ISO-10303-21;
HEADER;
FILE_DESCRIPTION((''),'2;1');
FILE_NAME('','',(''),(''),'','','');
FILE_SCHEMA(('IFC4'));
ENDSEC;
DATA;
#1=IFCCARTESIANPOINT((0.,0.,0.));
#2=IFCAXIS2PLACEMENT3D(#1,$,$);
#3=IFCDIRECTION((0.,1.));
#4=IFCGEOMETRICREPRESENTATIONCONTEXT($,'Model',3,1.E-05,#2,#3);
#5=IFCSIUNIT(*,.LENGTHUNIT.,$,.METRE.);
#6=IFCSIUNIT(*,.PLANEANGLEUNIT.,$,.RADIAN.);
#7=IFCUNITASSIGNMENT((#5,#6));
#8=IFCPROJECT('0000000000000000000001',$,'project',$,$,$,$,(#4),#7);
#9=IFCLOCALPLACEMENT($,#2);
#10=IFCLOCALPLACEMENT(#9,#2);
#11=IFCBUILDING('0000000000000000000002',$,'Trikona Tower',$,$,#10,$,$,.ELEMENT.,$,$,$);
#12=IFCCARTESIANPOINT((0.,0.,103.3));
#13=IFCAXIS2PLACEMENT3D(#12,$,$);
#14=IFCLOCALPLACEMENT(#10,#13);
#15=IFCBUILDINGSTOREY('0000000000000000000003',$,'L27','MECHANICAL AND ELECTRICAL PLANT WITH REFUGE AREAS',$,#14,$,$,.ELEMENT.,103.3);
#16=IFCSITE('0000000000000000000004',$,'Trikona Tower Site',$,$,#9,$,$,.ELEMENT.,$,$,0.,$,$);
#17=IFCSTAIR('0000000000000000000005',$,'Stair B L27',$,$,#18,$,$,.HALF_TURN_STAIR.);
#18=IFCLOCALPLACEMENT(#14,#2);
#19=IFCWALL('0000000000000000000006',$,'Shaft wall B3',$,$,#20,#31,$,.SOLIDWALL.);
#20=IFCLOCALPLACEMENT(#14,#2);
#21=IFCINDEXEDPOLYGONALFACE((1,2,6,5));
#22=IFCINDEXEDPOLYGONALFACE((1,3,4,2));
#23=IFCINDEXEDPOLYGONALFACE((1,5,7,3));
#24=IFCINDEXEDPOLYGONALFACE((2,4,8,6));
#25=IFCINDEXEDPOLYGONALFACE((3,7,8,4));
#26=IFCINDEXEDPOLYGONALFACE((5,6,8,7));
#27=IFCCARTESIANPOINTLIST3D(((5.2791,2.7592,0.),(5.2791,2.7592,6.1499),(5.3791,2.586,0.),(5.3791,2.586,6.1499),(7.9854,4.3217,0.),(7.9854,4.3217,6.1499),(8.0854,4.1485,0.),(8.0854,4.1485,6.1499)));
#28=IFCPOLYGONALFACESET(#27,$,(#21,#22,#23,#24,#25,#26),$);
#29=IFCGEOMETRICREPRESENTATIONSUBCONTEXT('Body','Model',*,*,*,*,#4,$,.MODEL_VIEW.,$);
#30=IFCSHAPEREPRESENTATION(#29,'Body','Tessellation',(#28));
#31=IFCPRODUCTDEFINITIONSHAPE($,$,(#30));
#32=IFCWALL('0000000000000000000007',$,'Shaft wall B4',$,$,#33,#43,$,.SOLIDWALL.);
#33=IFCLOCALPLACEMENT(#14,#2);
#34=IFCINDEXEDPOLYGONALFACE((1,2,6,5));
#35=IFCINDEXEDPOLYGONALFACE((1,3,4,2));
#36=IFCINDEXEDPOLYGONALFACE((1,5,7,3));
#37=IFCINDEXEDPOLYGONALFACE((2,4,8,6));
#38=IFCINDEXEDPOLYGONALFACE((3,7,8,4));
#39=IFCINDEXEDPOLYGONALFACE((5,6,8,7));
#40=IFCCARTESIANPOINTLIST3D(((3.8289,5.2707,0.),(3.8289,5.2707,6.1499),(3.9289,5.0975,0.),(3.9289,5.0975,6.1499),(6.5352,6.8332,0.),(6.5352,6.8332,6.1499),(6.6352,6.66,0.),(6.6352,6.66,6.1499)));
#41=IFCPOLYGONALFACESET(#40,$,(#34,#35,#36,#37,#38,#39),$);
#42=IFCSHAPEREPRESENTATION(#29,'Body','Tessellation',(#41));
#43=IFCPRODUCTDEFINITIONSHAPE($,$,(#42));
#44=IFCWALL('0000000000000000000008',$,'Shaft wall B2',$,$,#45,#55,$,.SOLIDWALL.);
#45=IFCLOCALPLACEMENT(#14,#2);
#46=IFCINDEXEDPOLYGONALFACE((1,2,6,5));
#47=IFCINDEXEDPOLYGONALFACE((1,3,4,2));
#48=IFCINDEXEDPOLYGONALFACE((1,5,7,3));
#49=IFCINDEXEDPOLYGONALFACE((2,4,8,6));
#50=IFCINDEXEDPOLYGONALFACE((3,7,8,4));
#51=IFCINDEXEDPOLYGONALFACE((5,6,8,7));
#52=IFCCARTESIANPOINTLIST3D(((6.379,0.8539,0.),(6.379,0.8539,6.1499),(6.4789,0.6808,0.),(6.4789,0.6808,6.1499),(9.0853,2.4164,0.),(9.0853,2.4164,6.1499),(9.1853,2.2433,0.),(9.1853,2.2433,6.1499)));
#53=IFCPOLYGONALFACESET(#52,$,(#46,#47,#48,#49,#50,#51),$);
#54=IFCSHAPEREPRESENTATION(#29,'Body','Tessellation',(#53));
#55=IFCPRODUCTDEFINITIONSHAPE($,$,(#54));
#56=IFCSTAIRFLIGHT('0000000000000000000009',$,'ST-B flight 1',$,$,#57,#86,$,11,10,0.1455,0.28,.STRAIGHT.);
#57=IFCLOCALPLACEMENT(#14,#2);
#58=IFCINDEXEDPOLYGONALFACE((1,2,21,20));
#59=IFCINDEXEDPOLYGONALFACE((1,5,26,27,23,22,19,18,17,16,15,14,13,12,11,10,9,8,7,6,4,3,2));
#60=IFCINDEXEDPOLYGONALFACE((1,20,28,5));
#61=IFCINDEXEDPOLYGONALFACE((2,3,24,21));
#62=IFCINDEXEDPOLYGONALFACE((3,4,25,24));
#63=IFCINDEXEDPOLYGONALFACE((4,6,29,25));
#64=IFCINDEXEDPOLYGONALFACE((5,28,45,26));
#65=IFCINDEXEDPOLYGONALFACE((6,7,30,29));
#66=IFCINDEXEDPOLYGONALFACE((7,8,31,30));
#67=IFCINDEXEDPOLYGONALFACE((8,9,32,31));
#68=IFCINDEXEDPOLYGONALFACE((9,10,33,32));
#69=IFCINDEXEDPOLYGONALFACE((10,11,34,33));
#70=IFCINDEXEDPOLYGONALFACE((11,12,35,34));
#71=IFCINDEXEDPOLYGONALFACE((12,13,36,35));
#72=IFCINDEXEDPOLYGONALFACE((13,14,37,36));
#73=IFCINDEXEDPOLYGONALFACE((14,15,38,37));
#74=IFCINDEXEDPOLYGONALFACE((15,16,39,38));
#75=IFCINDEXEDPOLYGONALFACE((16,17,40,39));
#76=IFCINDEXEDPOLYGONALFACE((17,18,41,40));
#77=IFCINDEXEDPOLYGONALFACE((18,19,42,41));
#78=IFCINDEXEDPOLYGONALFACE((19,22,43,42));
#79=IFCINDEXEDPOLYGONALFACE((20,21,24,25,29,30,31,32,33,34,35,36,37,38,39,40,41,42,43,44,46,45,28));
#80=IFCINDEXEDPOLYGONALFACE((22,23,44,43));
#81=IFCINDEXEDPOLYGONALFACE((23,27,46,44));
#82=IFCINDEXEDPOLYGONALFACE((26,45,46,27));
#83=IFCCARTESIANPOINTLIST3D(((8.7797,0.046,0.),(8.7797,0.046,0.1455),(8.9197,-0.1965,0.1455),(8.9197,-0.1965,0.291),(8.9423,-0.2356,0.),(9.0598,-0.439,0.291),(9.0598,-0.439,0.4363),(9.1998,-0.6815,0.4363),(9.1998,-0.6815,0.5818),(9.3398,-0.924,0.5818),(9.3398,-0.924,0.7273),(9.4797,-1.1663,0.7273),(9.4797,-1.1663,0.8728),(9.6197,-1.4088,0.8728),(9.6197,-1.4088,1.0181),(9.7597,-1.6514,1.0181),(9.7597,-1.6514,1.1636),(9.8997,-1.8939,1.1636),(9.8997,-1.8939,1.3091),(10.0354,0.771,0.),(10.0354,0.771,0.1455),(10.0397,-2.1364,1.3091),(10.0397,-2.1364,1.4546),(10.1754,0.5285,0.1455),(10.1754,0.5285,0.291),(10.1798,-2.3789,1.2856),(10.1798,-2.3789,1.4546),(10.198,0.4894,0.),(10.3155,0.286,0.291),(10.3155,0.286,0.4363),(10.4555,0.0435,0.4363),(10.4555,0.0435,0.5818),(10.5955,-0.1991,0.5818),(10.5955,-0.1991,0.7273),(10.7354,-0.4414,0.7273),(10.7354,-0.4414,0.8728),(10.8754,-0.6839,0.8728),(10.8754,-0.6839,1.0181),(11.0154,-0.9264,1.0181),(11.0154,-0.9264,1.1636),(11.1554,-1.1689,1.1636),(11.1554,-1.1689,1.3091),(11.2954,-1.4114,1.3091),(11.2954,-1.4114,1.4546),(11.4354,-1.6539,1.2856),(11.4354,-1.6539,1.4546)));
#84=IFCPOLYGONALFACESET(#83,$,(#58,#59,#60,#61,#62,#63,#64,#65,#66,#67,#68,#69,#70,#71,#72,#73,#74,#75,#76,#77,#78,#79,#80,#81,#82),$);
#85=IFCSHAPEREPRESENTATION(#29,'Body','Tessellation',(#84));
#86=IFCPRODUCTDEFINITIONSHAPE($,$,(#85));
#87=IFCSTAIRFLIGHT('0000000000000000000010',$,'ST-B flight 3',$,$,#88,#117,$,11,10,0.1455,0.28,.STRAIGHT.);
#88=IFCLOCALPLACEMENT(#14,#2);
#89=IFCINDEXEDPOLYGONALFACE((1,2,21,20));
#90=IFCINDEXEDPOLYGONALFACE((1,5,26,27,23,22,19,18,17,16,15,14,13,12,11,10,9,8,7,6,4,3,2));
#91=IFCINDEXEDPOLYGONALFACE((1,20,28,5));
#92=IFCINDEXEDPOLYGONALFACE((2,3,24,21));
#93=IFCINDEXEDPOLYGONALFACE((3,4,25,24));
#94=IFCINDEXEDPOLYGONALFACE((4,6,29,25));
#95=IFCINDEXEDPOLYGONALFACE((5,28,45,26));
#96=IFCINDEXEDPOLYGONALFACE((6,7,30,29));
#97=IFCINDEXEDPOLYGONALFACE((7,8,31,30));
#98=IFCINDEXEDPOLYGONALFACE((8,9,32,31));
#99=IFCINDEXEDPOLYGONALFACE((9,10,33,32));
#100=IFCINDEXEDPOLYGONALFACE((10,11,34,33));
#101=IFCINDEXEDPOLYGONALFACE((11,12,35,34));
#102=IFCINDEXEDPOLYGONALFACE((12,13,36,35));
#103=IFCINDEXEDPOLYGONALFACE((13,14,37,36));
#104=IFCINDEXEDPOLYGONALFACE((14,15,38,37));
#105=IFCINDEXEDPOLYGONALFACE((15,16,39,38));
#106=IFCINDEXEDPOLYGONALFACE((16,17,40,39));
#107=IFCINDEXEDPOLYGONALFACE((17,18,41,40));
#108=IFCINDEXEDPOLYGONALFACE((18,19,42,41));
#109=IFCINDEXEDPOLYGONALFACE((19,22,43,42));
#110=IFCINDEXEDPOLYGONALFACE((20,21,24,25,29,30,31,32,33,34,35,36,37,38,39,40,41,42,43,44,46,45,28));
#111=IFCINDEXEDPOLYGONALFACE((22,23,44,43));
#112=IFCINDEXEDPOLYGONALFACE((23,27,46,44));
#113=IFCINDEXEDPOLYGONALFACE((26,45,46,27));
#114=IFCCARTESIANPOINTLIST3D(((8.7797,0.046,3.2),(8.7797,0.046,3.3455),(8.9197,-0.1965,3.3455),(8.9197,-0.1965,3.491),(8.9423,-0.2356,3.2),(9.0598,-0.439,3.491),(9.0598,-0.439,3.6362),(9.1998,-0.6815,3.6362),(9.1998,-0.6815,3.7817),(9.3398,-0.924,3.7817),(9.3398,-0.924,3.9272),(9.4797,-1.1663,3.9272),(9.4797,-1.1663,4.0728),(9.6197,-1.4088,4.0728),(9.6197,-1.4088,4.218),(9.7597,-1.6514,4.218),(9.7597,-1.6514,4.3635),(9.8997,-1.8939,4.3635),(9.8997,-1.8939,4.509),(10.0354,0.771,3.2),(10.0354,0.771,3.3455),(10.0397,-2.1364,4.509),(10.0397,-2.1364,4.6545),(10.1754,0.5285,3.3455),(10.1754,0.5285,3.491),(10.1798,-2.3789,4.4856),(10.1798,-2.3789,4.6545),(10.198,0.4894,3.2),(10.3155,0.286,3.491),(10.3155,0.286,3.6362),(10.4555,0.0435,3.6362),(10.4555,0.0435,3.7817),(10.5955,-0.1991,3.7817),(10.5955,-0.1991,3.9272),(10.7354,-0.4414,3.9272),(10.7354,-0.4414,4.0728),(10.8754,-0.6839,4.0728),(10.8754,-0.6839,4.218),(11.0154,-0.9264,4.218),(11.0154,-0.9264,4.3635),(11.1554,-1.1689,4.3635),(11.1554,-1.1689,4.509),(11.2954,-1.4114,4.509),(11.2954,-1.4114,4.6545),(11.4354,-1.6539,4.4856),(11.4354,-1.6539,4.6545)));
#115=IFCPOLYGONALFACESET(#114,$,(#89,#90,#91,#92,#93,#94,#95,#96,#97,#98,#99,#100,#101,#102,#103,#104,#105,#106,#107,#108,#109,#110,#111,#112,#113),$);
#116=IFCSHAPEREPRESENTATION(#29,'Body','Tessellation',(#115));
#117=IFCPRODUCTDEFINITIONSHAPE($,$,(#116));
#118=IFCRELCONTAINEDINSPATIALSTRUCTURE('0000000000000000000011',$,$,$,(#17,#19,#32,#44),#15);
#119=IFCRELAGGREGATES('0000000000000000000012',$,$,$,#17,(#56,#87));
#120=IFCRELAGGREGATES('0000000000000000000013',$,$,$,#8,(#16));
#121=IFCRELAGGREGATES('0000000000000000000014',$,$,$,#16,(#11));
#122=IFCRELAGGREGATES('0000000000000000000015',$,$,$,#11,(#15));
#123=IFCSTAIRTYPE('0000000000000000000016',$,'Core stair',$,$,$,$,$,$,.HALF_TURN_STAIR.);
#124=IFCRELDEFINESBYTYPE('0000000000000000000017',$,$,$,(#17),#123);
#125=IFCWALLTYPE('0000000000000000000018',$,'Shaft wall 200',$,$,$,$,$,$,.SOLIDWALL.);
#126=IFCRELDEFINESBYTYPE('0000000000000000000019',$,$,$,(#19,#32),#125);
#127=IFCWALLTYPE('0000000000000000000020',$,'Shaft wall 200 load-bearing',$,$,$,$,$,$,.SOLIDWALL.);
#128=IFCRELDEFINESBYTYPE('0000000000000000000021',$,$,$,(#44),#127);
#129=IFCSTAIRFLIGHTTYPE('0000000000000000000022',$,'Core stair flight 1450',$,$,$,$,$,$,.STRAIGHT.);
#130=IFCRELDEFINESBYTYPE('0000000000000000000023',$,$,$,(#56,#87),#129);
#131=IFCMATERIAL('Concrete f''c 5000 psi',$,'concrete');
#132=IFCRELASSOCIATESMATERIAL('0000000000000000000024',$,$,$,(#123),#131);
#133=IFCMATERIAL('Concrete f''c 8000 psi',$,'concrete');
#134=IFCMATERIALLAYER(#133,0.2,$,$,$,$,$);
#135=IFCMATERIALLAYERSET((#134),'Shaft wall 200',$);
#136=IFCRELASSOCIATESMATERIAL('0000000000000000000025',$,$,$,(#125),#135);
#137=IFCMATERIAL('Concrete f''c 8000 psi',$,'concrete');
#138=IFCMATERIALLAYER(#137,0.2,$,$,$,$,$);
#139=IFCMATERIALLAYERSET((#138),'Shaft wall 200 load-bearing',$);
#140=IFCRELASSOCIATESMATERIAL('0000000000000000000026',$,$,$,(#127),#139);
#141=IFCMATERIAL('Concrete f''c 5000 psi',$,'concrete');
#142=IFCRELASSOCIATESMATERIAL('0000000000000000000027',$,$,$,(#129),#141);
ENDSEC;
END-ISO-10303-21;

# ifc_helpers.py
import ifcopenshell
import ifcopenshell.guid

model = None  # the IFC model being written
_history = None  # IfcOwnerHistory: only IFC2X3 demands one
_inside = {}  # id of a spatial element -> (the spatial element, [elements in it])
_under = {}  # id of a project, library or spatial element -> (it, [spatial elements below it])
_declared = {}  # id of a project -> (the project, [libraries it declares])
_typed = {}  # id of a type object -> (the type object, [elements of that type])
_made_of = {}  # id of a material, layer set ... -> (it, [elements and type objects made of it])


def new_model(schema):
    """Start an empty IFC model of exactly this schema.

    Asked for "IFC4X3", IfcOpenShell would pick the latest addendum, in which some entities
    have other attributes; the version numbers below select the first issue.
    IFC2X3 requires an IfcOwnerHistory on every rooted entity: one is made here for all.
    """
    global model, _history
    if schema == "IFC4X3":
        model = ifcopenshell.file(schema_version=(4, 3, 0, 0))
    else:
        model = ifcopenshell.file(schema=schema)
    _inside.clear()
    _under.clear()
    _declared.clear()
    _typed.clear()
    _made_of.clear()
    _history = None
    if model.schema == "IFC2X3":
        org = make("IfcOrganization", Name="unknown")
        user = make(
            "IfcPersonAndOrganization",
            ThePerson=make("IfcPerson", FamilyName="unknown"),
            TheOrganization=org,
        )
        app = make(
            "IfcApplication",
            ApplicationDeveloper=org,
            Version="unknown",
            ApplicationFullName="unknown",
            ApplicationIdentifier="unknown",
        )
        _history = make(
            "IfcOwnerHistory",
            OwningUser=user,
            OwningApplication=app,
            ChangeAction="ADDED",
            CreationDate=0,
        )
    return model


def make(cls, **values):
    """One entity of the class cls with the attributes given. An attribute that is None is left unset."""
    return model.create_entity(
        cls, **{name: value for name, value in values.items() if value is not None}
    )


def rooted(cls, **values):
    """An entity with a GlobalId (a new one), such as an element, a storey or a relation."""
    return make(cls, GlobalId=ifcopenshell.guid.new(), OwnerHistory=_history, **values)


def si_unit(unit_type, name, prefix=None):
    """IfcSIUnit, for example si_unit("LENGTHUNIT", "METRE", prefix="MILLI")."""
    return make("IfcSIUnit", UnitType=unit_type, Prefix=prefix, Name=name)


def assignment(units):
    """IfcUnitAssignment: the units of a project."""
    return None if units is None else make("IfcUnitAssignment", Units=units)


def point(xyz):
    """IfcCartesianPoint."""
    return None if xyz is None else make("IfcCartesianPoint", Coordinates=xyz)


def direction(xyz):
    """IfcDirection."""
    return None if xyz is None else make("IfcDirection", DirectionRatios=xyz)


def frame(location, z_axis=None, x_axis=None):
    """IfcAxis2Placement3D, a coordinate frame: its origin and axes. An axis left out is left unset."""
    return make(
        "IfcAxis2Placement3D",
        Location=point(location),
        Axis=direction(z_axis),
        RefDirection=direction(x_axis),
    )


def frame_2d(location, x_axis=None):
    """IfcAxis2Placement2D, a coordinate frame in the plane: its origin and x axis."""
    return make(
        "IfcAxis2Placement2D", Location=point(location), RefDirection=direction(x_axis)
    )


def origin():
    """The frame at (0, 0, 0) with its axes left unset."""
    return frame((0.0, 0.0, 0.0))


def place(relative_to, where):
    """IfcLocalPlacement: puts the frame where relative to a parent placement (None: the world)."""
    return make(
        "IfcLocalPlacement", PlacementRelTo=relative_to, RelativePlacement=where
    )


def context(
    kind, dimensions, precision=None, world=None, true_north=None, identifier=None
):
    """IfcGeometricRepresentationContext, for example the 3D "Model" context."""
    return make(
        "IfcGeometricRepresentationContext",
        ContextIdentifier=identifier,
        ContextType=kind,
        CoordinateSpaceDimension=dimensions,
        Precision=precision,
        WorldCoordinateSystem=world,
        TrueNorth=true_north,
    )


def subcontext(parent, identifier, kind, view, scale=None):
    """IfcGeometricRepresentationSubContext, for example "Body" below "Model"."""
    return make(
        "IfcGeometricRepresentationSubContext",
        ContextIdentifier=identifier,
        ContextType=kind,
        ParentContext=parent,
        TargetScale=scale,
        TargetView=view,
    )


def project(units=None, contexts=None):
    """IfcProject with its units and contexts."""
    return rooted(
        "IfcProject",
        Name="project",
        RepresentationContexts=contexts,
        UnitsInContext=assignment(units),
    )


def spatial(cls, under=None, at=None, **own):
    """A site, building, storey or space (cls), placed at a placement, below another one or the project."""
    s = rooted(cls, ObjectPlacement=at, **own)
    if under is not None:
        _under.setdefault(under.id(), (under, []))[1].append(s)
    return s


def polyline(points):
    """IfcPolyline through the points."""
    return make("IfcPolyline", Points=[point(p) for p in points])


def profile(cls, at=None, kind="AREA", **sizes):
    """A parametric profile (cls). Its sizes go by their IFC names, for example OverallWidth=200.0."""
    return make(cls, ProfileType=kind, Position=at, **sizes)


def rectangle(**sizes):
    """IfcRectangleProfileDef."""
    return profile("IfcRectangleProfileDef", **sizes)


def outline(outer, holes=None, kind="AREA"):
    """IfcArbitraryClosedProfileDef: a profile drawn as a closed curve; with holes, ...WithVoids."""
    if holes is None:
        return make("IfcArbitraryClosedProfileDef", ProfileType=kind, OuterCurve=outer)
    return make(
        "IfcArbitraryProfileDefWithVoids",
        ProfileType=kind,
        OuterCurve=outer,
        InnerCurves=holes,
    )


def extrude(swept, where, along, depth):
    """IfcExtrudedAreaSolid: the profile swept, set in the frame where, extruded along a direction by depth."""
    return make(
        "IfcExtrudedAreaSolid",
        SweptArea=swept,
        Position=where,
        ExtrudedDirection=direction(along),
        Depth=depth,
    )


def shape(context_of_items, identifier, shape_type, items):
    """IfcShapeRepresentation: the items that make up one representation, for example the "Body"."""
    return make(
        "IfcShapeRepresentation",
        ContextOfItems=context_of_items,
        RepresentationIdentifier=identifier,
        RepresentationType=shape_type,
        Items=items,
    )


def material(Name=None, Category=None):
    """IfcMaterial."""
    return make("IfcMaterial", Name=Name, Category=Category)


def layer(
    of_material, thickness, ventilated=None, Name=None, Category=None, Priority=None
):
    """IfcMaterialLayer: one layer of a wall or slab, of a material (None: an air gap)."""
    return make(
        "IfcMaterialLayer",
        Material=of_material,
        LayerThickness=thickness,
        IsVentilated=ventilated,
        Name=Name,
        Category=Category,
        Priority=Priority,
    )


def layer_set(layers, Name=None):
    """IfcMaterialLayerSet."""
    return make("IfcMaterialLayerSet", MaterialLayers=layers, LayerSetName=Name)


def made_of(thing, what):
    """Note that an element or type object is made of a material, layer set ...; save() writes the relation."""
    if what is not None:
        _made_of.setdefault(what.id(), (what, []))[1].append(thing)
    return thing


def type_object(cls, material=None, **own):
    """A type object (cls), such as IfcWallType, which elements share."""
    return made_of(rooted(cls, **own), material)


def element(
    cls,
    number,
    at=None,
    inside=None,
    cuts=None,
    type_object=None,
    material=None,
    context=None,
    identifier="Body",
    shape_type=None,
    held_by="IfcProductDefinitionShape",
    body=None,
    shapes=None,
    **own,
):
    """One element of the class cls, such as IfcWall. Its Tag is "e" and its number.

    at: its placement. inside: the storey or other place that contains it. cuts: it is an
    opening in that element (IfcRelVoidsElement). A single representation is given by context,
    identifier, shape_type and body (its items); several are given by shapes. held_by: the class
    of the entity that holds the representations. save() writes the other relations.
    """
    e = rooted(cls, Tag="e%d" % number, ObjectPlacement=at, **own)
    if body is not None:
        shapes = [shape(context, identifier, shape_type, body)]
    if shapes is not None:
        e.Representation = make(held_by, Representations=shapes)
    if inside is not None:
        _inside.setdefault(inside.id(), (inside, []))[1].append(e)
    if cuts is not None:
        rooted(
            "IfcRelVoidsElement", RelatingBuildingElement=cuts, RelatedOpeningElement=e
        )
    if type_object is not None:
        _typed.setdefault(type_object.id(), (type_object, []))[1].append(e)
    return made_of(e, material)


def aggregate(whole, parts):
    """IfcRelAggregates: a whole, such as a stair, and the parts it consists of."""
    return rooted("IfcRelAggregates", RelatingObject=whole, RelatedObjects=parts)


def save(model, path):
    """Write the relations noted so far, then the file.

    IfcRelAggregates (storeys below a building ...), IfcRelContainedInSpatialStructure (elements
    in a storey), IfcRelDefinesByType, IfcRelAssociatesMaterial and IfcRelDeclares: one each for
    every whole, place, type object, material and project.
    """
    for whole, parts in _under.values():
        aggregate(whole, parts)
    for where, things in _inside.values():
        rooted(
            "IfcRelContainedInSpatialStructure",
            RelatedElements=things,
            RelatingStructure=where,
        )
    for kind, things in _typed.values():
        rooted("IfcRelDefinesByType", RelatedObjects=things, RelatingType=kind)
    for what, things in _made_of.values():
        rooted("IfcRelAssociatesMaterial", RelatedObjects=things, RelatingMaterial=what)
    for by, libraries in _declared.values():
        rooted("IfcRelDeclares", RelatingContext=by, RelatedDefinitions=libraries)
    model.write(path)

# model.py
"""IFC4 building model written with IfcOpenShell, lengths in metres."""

from ifc_helpers import new_model, si_unit, direction, frame, frame_2d, origin, place, context, subcontext, project, spatial, polyline, rectangle, outline, extrude, material, layer, layer_set, type_object, element, aggregate, save


model = new_model("IFC4")

# Units and contexts
model_context = context("Model", 3, precision=1e-05, world=origin(), true_north=direction((0.0, 1.0)))
body_context = subcontext(model_context, "Body", "Model", "MODEL_VIEW")
ifc_project = project(units=[si_unit("LENGTHUNIT", "METRE"), si_unit("PLANEANGLEUNIT", "RADIAN")], contexts=[model_context])

# Site, building, storey
site_placement = place(None, origin())
site = spatial("IfcSite", under=ifc_project, at=site_placement, Name="Trikona Tower Site", CompositionType="ELEMENT", RefElevation=0.0)
building_placement = place(site_placement, origin())
building = spatial("IfcBuilding", under=site, at=building_placement, Name="Trikona Tower", CompositionType="ELEMENT")
storey_placement = place(building_placement, frame((0.0, 0.0, 103.3)))
storey = spatial("IfcBuildingStorey", under=building, at=storey_placement, Name="L27", Description="MECHANICAL AND ELECTRICAL PLANT WITH REFUGE AREAS", CompositionType="ELEMENT", Elevation=103.3)

# Stair
ifc_material_1 = material(Name="Concrete f'c 5000 psi", Category="concrete")
stair_type = type_object("IfcStairType", Name="Core stair", PredefinedType="HALF_TURN_STAIR", material=ifc_material_1)
stair_1_placement = place(storey_placement, origin())
stair_1 = element("IfcStair", 1, at=stair_1_placement, inside=storey, type_object=stair_type, Name="Stair B L27", PredefinedType="HALF_TURN_STAIR")

# Walls
ifc_material_2 = material(Name="Concrete f'c 8000 psi", Category="concrete")
ifc_layer_1 = layer(ifc_material_2, 0.2)
ifc_layer_set_1 = layer_set([ifc_layer_1], Name="Shaft wall 200")
wall_type_1 = type_object("IfcWallType", Name="Shaft wall 200", PredefinedType="SOLIDWALL", material=ifc_layer_set_1)
for number, where, z_axis, x_axis, name in (
    (2, (5.3291, 2.6726, 0.0), (0.0, 0.0, 1.0), (0.866023, 0.500004, 0.0), "Shaft wall B3"),
    (3, (3.8789, 5.1841, 0.0), (0.0, 0.0, 1.0), (0.866023, 0.500004, 0.0), "Shaft wall B4"),
):
    element("IfcWall", number, at=place(storey_placement, frame(where, z_axis=z_axis, x_axis=x_axis)), inside=storey, type_object=wall_type_1, Name=name, PredefinedType="SOLIDWALL", context=body_context, shape_type="SweptSolid", body=[
        extrude(rectangle(XDim=3.125, YDim=0.2, at=frame_2d((1.5625, 0.0))), origin(), (0.0, 0.0, 1.0), 6.1499),
    ])
ifc_material_3 = material(Name="Concrete f'c 8000 psi", Category="concrete")
ifc_layer_2 = layer(ifc_material_3, 0.2)
ifc_layer_set_2 = layer_set([ifc_layer_2], Name="Shaft wall 200 load-bearing")
wall_type_2 = type_object("IfcWallType", Name="Shaft wall 200 load-bearing", PredefinedType="SOLIDWALL", material=ifc_layer_set_2)
wall_1_placement = place(storey_placement, frame((6.429, 0.7673, 0.0), z_axis=(0.0, 0.0, 1.0), x_axis=(0.866023, 0.500004, 0.0)))
element("IfcWall", 4, at=wall_1_placement, inside=storey, type_object=wall_type_2, Name="Shaft wall B2", PredefinedType="SOLIDWALL", context=body_context, shape_type="SweptSolid", body=[
    extrude(rectangle(XDim=3.125, YDim=0.2, at=frame_2d((1.5625, 0.0))), origin(), (0.0, 0.0, 1.0), 6.1499),
])

# Stair flights
ifc_material_4 = material(Name="Concrete f'c 5000 psi", Category="concrete")
stair_flight_type = type_object("IfcStairFlightType", Name="Core stair flight 1450", PredefinedType="STRAIGHT", material=ifc_material_4)
stair_flight_1_placement = place(storey_placement, frame((9.4075, 0.4084, 0.0), z_axis=(0.0, 0.0, 1.0), x_axis=(0.5, -0.866025, 0.0)))
stair_flight_1 = element("IfcStairFlight", 5, at=stair_flight_1_placement, type_object=stair_flight_type, Name="ST-B flight 1", NumberOfRisers=11, NumberOfTreads=10, PredefinedType="STRAIGHT", RiserHeight=0.1455, TreadLength=0.28, context=body_context, shape_type="SweptSolid", body=[
    extrude(outline(polyline([(0.0, 0.0), (0.0, 0.1455), (0.28, 0.1455), (0.28, 0.291), (0.5601, 0.291), (0.5601, 0.4363), (0.8401, 0.4363), (0.8401, 0.5818), (1.1201, 0.5818), (1.1201, 0.7273), (1.3999, 0.7273), (1.3999, 0.8728), (1.6799, 0.8728), (1.6799, 1.0181), (1.96, 1.0181), (1.96, 1.1636), (2.24, 1.1636), (2.24, 1.3091), (2.52, 1.3091), (2.52, 1.4546), (2.8, 1.4546), (2.8, 1.6001), (2.8, 1.2856), (0.3252, 0.0), (0.0, 0.0)])), frame((0.0, 0.7251, 0.0), z_axis=(0.0, -1.0, 0.0), x_axis=(1.0, 0.0, 0.0)), (0.0, 0.0, 1.0), 1.45),
])
stair_flight_2_placement = place(storey_placement, frame((9.4075, 0.4084, 3.2), z_axis=(0.0, 0.0, 1.0), x_axis=(0.5, -0.866025, 0.0)))
stair_flight_2 = element("IfcStairFlight", 6, at=stair_flight_2_placement, type_object=stair_flight_type, Name="ST-B flight 3", NumberOfRisers=11, NumberOfTreads=10, PredefinedType="STRAIGHT", RiserHeight=0.1455, TreadLength=0.28, context=body_context, shape_type="SweptSolid", body=[
    extrude(outline(polyline([(0.0, 0.0), (0.0, 0.1455), (0.28, 0.1455), (0.28, 0.291), (0.5601, 0.291), (0.5601, 0.4363), (0.8401, 0.4363), (0.8401, 0.5818), (1.1201, 0.5818), (1.1201, 0.7273), (1.3999, 0.7273), (1.3999, 0.8728), (1.6799, 0.8728), (1.6799, 1.0181), (1.96, 1.0181), (1.96, 1.1636), (2.24, 1.1636), (2.24, 1.3091), (2.52, 1.3091), (2.52, 1.4546), (2.8, 1.4546), (2.8, 1.6001), (2.8, 1.2856), (0.3252, 0.0), (0.0, 0.0)])), frame((0.0, 0.7251, 0.0), z_axis=(0.0, -1.0, 0.0), x_axis=(1.0, 0.0, 0.0)), (0.0, 0.0, 1.0), 1.45),
])
aggregate(stair_1, [stair_flight_1, stair_flight_2])

save(model, "model.ifc")
